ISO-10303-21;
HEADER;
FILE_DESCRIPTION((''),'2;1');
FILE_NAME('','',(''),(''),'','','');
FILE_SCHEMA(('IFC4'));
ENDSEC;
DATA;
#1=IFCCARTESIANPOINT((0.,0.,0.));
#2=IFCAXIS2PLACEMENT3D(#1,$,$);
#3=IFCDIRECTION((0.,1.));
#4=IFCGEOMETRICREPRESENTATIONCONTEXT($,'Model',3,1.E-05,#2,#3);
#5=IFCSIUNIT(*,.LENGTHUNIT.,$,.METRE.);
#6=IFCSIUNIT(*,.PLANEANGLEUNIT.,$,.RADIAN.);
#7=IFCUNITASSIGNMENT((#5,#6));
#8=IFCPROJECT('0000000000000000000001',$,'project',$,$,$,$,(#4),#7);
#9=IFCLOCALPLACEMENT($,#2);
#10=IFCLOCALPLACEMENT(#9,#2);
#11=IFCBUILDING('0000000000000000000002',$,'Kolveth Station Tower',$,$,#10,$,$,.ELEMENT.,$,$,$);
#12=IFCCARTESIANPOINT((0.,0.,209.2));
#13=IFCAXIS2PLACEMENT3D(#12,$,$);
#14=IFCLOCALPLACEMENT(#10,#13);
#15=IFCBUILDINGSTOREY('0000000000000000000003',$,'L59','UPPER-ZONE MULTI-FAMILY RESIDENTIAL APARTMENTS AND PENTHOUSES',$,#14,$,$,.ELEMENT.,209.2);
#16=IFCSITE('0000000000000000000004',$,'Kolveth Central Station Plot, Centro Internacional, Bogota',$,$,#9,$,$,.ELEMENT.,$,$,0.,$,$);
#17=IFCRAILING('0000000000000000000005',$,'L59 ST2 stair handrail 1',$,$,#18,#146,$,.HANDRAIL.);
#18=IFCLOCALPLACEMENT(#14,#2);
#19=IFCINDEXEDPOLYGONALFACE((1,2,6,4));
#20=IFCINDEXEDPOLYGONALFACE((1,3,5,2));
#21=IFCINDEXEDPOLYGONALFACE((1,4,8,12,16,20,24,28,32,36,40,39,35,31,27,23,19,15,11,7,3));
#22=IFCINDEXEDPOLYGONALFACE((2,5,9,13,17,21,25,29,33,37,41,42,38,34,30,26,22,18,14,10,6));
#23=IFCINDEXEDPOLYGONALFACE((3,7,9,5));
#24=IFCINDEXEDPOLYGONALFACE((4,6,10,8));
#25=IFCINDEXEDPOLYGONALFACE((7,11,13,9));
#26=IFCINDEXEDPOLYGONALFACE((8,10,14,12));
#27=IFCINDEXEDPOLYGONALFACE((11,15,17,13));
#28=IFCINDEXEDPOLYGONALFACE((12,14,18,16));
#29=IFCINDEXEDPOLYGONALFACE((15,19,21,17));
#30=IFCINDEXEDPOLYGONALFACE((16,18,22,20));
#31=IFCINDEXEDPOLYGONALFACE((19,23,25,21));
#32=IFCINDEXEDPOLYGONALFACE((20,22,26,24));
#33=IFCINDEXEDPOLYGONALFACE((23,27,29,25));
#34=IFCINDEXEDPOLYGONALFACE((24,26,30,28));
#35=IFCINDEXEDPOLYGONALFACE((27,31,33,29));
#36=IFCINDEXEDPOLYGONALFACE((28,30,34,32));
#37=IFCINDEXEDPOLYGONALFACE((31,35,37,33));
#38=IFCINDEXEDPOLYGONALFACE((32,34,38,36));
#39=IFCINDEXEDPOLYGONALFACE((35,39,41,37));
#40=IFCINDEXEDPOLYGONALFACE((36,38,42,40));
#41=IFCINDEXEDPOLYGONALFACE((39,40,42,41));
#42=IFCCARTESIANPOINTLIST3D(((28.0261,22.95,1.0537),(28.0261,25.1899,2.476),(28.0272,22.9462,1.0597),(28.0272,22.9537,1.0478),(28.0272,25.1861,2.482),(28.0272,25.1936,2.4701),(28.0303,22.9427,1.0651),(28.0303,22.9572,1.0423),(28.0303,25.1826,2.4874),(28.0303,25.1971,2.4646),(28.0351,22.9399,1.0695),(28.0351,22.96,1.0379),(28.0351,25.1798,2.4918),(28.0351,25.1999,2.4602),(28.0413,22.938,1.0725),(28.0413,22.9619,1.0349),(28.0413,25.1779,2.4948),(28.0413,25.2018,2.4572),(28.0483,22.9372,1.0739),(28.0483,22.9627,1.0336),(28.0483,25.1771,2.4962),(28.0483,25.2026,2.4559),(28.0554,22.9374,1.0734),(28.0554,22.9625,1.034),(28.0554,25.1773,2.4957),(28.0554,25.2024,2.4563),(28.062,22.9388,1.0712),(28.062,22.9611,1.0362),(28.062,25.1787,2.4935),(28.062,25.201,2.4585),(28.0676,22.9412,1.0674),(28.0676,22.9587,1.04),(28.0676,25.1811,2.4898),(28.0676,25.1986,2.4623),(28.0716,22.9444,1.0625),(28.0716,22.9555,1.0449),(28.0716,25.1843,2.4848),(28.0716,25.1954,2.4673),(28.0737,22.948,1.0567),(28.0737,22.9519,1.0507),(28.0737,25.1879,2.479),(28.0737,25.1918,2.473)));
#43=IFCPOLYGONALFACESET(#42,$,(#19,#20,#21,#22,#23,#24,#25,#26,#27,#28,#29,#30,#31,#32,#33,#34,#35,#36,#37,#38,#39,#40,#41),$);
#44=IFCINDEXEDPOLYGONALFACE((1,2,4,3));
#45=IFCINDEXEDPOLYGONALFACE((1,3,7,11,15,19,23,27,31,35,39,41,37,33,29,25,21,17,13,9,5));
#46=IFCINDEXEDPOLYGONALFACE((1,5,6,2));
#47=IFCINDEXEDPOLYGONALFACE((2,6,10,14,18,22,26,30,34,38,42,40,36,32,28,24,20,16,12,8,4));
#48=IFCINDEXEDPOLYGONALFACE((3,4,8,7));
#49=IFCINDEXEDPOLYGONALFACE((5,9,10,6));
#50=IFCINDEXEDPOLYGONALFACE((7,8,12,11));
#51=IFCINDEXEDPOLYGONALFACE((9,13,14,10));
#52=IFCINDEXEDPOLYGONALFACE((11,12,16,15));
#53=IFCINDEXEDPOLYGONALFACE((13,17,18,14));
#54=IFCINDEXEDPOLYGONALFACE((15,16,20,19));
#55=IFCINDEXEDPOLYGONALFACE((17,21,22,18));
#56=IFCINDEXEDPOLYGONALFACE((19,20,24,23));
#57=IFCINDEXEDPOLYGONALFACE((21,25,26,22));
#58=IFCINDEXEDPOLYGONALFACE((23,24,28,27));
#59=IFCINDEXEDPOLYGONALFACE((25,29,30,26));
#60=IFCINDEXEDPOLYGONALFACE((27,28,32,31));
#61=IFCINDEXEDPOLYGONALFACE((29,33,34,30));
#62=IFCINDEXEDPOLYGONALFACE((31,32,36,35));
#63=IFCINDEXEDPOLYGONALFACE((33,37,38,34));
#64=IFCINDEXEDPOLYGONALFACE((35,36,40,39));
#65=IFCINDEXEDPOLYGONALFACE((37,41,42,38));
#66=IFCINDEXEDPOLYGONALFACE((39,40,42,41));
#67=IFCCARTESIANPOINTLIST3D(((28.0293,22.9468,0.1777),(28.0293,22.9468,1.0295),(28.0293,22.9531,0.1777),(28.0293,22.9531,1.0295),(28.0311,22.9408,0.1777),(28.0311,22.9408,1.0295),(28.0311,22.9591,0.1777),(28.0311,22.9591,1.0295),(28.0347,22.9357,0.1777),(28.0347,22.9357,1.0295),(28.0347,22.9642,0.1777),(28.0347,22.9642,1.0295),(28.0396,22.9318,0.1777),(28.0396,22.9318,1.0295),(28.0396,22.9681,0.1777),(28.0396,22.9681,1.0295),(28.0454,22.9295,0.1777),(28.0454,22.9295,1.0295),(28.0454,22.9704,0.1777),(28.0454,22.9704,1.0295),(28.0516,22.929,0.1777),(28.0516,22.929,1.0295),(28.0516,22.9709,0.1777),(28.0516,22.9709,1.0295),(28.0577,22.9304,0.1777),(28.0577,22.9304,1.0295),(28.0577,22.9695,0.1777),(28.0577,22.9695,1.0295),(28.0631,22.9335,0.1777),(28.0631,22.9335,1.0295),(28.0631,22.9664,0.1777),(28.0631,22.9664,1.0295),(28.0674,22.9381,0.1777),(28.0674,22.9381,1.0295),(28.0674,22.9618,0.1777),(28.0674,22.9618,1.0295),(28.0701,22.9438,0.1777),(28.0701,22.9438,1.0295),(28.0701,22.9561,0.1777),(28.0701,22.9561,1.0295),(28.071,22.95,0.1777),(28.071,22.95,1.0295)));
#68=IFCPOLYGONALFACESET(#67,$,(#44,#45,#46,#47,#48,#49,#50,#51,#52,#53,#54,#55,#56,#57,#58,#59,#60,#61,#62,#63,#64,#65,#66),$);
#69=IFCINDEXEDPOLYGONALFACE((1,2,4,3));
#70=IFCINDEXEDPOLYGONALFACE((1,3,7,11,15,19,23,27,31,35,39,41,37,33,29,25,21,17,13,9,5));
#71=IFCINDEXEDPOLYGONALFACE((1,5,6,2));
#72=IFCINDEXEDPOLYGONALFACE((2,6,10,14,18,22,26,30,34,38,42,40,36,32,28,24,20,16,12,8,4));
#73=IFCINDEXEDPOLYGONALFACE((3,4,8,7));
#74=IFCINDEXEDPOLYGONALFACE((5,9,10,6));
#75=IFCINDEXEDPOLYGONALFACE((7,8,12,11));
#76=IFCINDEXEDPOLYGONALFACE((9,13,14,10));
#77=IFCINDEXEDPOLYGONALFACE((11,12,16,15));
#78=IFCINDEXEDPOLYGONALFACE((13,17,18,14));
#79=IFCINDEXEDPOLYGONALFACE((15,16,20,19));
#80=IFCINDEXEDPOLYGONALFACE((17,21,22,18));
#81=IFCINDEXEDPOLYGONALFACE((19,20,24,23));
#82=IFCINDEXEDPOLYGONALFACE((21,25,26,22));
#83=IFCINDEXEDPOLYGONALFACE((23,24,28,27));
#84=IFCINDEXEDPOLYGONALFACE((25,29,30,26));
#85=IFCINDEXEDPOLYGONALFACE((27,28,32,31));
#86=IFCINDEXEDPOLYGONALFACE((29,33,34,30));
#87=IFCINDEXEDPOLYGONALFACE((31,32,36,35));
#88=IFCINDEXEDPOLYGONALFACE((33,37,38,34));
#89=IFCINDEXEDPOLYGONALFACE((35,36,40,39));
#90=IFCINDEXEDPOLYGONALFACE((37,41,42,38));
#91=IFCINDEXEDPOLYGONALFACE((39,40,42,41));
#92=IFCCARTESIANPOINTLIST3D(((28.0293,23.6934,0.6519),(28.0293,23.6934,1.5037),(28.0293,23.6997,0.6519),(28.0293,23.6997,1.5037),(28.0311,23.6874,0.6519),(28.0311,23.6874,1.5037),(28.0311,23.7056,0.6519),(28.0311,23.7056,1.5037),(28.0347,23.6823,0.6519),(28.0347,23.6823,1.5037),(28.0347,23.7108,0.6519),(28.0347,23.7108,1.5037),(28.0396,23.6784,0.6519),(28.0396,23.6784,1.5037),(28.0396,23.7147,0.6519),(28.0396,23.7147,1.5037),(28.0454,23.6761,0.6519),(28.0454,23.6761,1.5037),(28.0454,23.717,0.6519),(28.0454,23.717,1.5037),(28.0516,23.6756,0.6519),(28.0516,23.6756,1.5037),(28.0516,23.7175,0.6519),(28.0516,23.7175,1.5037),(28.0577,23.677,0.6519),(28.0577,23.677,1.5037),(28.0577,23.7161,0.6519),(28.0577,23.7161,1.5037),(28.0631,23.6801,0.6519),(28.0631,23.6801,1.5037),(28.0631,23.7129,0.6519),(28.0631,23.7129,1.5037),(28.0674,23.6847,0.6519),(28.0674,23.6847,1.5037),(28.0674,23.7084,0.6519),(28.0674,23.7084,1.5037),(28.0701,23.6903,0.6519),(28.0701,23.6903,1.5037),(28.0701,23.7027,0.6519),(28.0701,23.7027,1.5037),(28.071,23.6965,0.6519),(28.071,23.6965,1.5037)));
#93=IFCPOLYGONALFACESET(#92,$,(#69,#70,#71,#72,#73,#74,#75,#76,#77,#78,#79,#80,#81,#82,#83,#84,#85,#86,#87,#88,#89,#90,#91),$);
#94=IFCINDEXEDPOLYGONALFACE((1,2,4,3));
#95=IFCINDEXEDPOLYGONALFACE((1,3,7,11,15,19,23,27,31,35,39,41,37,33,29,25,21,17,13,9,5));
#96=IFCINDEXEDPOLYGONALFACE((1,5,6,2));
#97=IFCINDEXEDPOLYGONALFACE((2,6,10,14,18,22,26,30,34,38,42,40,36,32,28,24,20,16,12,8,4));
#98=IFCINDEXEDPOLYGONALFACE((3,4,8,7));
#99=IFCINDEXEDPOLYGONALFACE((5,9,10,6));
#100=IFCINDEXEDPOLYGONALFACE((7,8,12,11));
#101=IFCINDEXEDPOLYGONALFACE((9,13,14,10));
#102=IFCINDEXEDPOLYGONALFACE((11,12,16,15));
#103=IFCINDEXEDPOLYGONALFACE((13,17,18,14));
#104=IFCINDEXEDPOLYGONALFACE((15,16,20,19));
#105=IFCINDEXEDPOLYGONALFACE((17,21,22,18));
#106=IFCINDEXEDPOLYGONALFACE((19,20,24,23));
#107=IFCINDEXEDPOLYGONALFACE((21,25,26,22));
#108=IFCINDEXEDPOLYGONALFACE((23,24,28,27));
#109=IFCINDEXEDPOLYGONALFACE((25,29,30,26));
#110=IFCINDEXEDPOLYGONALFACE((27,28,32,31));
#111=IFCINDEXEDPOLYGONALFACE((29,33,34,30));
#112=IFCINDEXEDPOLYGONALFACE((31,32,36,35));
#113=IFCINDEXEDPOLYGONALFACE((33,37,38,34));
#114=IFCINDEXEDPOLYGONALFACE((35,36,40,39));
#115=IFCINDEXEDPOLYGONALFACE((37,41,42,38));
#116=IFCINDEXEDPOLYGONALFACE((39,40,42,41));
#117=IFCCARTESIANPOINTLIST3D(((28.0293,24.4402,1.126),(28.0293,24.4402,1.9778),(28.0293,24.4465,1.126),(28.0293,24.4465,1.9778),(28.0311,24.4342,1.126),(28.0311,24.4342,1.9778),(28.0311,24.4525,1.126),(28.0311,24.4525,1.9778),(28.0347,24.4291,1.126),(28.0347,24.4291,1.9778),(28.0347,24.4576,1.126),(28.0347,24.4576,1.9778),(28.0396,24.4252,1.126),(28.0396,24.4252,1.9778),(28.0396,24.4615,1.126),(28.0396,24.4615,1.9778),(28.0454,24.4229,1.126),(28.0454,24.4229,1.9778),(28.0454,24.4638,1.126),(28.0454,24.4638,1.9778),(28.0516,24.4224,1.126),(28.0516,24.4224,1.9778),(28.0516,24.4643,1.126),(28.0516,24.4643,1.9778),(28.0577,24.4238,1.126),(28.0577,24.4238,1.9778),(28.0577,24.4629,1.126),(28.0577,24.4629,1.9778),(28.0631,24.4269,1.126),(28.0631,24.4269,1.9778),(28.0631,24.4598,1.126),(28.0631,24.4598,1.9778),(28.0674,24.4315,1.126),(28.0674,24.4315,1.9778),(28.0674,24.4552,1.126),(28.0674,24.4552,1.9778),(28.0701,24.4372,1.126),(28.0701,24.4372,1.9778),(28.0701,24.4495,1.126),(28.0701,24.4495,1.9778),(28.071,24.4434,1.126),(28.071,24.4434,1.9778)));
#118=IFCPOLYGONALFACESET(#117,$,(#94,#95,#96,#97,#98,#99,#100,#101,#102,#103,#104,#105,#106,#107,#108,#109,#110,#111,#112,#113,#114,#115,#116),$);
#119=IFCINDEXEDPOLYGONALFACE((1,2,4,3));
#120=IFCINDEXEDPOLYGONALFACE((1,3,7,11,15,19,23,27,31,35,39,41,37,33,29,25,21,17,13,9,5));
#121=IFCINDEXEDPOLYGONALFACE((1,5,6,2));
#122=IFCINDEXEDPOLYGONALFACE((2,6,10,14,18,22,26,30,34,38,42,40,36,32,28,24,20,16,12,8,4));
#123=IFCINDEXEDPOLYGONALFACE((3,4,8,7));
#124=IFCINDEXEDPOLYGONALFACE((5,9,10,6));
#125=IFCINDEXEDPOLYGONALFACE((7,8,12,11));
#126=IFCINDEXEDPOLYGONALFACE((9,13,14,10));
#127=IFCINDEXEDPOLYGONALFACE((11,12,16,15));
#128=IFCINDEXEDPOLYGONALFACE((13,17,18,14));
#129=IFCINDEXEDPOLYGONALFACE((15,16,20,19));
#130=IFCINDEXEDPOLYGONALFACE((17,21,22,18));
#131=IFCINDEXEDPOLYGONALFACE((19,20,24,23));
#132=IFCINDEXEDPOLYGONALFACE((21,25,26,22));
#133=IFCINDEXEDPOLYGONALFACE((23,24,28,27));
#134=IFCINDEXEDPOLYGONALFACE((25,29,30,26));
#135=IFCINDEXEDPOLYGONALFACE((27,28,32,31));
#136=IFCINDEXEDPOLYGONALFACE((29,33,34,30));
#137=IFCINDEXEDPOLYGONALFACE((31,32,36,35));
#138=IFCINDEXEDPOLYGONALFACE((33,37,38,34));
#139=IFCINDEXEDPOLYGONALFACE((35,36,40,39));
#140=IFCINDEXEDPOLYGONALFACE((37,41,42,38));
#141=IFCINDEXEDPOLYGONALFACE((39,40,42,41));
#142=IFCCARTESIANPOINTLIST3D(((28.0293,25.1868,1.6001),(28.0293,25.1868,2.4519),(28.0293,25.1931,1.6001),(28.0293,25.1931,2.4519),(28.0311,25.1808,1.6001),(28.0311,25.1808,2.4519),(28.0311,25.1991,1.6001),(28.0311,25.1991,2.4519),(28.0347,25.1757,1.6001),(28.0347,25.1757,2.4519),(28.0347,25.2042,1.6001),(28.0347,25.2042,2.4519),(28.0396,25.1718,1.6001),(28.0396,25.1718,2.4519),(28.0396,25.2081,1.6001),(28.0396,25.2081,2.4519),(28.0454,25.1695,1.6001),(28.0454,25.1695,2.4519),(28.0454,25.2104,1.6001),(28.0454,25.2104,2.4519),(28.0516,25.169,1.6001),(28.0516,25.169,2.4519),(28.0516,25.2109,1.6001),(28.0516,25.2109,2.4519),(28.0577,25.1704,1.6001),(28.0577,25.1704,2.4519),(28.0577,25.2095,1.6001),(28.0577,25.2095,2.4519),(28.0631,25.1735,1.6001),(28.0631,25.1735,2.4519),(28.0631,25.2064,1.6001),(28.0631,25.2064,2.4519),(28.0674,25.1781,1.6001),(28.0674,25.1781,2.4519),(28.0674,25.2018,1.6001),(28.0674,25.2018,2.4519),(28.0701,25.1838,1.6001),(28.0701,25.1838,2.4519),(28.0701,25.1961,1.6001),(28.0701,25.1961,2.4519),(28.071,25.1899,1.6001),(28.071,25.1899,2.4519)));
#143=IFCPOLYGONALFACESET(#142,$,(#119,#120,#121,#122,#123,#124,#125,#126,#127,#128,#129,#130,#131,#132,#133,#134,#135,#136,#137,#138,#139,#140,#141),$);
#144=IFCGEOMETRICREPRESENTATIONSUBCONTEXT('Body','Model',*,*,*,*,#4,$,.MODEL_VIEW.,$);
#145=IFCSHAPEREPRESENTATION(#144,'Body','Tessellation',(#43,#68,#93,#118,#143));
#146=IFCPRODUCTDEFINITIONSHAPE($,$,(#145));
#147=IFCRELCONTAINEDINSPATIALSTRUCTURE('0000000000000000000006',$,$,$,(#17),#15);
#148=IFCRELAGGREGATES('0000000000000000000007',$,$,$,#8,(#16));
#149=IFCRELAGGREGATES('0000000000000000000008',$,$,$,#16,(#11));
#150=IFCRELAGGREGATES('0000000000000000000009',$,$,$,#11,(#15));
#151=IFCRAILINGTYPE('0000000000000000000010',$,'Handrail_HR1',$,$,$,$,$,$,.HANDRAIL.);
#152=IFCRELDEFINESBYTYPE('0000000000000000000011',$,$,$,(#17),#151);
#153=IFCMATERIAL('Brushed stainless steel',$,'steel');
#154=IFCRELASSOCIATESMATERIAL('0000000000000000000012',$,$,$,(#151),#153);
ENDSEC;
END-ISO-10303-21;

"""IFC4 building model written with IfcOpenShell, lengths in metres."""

from ifc_helpers import new_model, si_unit, direction, frame, origin, origin_2d, place, context, subcontext, project, spatial, circle, extrude, material, type_object, element, save


model = new_model("IFC4")

# Units and contexts
model_context = context("Model", 3, precision=1e-05, world=origin(), true_north=direction((0.0, 1.0)))
body_context = subcontext(model_context, "Body", "Model", "MODEL_VIEW")
ifc_project = project(units=[si_unit("LENGTHUNIT", "METRE"), si_unit("PLANEANGLEUNIT", "RADIAN")], contexts=[model_context])

# Site, building, storey
site_placement = place(None, origin())
site = spatial("IfcSite", under=ifc_project, at=site_placement, Name="Kolveth Central Station Plot, Centro Internacional, Bogota", CompositionType="ELEMENT", RefElevation=0.0)
building_placement = place(site_placement, origin())
building = spatial("IfcBuilding", under=site, at=building_placement, Name="Kolveth Station Tower", CompositionType="ELEMENT")
storey_placement = place(building_placement, frame((0.0, 0.0, 209.2)))
storey = spatial("IfcBuildingStorey", under=building, at=storey_placement, Name="L59", Description="UPPER-ZONE MULTI-FAMILY RESIDENTIAL APARTMENTS AND PENTHOUSES", CompositionType="ELEMENT", Elevation=209.2)

# Railing
ifc_material_1 = material(Name="Brushed stainless steel", Category="steel")
railing_type_1 = type_object("IfcRailingType", Name="Handrail_HR1", PredefinedType="HANDRAIL", material=ifc_material_1)
railing_1_placement = place(storey_placement, frame((28.05, 22.95, 0.1777)))
element("IfcRailing", 1, at=railing_1_placement, inside=storey, type_object=railing_type_1, Name="L59 ST2 stair handrail 1", PredefinedType="HANDRAIL", context=body_context, shape_type="SweptSolid", body=[
    extrude(circle(Radius=0.0239, at=origin_2d()), frame((0.0, 0.0, 0.876), z_axis=(0.0, 0.844188, 0.536048), x_axis=(-1.0, 0.0, 0.0)), (0.0, 0.0, 1.0), 2.6533),
    extrude(circle(Radius=0.021, at=origin_2d()), origin(), (0.0, 0.0, 1.0), 0.8518),
    extrude(circle(Radius=0.021, at=origin_2d()), frame((0.0, 0.7466, 0.4741)), (0.0, 0.0, 1.0), 0.8518),
    extrude(circle(Radius=0.021, at=origin_2d()), frame((0.0, 1.4934, 0.9482)), (0.0, 0.0, 1.0), 0.8518),
    extrude(circle(Radius=0.021, at=origin_2d()), frame((0.0, 2.24, 1.4224)), (0.0, 0.0, 1.0), 0.8518),
])

save(model, "model.ifc")
